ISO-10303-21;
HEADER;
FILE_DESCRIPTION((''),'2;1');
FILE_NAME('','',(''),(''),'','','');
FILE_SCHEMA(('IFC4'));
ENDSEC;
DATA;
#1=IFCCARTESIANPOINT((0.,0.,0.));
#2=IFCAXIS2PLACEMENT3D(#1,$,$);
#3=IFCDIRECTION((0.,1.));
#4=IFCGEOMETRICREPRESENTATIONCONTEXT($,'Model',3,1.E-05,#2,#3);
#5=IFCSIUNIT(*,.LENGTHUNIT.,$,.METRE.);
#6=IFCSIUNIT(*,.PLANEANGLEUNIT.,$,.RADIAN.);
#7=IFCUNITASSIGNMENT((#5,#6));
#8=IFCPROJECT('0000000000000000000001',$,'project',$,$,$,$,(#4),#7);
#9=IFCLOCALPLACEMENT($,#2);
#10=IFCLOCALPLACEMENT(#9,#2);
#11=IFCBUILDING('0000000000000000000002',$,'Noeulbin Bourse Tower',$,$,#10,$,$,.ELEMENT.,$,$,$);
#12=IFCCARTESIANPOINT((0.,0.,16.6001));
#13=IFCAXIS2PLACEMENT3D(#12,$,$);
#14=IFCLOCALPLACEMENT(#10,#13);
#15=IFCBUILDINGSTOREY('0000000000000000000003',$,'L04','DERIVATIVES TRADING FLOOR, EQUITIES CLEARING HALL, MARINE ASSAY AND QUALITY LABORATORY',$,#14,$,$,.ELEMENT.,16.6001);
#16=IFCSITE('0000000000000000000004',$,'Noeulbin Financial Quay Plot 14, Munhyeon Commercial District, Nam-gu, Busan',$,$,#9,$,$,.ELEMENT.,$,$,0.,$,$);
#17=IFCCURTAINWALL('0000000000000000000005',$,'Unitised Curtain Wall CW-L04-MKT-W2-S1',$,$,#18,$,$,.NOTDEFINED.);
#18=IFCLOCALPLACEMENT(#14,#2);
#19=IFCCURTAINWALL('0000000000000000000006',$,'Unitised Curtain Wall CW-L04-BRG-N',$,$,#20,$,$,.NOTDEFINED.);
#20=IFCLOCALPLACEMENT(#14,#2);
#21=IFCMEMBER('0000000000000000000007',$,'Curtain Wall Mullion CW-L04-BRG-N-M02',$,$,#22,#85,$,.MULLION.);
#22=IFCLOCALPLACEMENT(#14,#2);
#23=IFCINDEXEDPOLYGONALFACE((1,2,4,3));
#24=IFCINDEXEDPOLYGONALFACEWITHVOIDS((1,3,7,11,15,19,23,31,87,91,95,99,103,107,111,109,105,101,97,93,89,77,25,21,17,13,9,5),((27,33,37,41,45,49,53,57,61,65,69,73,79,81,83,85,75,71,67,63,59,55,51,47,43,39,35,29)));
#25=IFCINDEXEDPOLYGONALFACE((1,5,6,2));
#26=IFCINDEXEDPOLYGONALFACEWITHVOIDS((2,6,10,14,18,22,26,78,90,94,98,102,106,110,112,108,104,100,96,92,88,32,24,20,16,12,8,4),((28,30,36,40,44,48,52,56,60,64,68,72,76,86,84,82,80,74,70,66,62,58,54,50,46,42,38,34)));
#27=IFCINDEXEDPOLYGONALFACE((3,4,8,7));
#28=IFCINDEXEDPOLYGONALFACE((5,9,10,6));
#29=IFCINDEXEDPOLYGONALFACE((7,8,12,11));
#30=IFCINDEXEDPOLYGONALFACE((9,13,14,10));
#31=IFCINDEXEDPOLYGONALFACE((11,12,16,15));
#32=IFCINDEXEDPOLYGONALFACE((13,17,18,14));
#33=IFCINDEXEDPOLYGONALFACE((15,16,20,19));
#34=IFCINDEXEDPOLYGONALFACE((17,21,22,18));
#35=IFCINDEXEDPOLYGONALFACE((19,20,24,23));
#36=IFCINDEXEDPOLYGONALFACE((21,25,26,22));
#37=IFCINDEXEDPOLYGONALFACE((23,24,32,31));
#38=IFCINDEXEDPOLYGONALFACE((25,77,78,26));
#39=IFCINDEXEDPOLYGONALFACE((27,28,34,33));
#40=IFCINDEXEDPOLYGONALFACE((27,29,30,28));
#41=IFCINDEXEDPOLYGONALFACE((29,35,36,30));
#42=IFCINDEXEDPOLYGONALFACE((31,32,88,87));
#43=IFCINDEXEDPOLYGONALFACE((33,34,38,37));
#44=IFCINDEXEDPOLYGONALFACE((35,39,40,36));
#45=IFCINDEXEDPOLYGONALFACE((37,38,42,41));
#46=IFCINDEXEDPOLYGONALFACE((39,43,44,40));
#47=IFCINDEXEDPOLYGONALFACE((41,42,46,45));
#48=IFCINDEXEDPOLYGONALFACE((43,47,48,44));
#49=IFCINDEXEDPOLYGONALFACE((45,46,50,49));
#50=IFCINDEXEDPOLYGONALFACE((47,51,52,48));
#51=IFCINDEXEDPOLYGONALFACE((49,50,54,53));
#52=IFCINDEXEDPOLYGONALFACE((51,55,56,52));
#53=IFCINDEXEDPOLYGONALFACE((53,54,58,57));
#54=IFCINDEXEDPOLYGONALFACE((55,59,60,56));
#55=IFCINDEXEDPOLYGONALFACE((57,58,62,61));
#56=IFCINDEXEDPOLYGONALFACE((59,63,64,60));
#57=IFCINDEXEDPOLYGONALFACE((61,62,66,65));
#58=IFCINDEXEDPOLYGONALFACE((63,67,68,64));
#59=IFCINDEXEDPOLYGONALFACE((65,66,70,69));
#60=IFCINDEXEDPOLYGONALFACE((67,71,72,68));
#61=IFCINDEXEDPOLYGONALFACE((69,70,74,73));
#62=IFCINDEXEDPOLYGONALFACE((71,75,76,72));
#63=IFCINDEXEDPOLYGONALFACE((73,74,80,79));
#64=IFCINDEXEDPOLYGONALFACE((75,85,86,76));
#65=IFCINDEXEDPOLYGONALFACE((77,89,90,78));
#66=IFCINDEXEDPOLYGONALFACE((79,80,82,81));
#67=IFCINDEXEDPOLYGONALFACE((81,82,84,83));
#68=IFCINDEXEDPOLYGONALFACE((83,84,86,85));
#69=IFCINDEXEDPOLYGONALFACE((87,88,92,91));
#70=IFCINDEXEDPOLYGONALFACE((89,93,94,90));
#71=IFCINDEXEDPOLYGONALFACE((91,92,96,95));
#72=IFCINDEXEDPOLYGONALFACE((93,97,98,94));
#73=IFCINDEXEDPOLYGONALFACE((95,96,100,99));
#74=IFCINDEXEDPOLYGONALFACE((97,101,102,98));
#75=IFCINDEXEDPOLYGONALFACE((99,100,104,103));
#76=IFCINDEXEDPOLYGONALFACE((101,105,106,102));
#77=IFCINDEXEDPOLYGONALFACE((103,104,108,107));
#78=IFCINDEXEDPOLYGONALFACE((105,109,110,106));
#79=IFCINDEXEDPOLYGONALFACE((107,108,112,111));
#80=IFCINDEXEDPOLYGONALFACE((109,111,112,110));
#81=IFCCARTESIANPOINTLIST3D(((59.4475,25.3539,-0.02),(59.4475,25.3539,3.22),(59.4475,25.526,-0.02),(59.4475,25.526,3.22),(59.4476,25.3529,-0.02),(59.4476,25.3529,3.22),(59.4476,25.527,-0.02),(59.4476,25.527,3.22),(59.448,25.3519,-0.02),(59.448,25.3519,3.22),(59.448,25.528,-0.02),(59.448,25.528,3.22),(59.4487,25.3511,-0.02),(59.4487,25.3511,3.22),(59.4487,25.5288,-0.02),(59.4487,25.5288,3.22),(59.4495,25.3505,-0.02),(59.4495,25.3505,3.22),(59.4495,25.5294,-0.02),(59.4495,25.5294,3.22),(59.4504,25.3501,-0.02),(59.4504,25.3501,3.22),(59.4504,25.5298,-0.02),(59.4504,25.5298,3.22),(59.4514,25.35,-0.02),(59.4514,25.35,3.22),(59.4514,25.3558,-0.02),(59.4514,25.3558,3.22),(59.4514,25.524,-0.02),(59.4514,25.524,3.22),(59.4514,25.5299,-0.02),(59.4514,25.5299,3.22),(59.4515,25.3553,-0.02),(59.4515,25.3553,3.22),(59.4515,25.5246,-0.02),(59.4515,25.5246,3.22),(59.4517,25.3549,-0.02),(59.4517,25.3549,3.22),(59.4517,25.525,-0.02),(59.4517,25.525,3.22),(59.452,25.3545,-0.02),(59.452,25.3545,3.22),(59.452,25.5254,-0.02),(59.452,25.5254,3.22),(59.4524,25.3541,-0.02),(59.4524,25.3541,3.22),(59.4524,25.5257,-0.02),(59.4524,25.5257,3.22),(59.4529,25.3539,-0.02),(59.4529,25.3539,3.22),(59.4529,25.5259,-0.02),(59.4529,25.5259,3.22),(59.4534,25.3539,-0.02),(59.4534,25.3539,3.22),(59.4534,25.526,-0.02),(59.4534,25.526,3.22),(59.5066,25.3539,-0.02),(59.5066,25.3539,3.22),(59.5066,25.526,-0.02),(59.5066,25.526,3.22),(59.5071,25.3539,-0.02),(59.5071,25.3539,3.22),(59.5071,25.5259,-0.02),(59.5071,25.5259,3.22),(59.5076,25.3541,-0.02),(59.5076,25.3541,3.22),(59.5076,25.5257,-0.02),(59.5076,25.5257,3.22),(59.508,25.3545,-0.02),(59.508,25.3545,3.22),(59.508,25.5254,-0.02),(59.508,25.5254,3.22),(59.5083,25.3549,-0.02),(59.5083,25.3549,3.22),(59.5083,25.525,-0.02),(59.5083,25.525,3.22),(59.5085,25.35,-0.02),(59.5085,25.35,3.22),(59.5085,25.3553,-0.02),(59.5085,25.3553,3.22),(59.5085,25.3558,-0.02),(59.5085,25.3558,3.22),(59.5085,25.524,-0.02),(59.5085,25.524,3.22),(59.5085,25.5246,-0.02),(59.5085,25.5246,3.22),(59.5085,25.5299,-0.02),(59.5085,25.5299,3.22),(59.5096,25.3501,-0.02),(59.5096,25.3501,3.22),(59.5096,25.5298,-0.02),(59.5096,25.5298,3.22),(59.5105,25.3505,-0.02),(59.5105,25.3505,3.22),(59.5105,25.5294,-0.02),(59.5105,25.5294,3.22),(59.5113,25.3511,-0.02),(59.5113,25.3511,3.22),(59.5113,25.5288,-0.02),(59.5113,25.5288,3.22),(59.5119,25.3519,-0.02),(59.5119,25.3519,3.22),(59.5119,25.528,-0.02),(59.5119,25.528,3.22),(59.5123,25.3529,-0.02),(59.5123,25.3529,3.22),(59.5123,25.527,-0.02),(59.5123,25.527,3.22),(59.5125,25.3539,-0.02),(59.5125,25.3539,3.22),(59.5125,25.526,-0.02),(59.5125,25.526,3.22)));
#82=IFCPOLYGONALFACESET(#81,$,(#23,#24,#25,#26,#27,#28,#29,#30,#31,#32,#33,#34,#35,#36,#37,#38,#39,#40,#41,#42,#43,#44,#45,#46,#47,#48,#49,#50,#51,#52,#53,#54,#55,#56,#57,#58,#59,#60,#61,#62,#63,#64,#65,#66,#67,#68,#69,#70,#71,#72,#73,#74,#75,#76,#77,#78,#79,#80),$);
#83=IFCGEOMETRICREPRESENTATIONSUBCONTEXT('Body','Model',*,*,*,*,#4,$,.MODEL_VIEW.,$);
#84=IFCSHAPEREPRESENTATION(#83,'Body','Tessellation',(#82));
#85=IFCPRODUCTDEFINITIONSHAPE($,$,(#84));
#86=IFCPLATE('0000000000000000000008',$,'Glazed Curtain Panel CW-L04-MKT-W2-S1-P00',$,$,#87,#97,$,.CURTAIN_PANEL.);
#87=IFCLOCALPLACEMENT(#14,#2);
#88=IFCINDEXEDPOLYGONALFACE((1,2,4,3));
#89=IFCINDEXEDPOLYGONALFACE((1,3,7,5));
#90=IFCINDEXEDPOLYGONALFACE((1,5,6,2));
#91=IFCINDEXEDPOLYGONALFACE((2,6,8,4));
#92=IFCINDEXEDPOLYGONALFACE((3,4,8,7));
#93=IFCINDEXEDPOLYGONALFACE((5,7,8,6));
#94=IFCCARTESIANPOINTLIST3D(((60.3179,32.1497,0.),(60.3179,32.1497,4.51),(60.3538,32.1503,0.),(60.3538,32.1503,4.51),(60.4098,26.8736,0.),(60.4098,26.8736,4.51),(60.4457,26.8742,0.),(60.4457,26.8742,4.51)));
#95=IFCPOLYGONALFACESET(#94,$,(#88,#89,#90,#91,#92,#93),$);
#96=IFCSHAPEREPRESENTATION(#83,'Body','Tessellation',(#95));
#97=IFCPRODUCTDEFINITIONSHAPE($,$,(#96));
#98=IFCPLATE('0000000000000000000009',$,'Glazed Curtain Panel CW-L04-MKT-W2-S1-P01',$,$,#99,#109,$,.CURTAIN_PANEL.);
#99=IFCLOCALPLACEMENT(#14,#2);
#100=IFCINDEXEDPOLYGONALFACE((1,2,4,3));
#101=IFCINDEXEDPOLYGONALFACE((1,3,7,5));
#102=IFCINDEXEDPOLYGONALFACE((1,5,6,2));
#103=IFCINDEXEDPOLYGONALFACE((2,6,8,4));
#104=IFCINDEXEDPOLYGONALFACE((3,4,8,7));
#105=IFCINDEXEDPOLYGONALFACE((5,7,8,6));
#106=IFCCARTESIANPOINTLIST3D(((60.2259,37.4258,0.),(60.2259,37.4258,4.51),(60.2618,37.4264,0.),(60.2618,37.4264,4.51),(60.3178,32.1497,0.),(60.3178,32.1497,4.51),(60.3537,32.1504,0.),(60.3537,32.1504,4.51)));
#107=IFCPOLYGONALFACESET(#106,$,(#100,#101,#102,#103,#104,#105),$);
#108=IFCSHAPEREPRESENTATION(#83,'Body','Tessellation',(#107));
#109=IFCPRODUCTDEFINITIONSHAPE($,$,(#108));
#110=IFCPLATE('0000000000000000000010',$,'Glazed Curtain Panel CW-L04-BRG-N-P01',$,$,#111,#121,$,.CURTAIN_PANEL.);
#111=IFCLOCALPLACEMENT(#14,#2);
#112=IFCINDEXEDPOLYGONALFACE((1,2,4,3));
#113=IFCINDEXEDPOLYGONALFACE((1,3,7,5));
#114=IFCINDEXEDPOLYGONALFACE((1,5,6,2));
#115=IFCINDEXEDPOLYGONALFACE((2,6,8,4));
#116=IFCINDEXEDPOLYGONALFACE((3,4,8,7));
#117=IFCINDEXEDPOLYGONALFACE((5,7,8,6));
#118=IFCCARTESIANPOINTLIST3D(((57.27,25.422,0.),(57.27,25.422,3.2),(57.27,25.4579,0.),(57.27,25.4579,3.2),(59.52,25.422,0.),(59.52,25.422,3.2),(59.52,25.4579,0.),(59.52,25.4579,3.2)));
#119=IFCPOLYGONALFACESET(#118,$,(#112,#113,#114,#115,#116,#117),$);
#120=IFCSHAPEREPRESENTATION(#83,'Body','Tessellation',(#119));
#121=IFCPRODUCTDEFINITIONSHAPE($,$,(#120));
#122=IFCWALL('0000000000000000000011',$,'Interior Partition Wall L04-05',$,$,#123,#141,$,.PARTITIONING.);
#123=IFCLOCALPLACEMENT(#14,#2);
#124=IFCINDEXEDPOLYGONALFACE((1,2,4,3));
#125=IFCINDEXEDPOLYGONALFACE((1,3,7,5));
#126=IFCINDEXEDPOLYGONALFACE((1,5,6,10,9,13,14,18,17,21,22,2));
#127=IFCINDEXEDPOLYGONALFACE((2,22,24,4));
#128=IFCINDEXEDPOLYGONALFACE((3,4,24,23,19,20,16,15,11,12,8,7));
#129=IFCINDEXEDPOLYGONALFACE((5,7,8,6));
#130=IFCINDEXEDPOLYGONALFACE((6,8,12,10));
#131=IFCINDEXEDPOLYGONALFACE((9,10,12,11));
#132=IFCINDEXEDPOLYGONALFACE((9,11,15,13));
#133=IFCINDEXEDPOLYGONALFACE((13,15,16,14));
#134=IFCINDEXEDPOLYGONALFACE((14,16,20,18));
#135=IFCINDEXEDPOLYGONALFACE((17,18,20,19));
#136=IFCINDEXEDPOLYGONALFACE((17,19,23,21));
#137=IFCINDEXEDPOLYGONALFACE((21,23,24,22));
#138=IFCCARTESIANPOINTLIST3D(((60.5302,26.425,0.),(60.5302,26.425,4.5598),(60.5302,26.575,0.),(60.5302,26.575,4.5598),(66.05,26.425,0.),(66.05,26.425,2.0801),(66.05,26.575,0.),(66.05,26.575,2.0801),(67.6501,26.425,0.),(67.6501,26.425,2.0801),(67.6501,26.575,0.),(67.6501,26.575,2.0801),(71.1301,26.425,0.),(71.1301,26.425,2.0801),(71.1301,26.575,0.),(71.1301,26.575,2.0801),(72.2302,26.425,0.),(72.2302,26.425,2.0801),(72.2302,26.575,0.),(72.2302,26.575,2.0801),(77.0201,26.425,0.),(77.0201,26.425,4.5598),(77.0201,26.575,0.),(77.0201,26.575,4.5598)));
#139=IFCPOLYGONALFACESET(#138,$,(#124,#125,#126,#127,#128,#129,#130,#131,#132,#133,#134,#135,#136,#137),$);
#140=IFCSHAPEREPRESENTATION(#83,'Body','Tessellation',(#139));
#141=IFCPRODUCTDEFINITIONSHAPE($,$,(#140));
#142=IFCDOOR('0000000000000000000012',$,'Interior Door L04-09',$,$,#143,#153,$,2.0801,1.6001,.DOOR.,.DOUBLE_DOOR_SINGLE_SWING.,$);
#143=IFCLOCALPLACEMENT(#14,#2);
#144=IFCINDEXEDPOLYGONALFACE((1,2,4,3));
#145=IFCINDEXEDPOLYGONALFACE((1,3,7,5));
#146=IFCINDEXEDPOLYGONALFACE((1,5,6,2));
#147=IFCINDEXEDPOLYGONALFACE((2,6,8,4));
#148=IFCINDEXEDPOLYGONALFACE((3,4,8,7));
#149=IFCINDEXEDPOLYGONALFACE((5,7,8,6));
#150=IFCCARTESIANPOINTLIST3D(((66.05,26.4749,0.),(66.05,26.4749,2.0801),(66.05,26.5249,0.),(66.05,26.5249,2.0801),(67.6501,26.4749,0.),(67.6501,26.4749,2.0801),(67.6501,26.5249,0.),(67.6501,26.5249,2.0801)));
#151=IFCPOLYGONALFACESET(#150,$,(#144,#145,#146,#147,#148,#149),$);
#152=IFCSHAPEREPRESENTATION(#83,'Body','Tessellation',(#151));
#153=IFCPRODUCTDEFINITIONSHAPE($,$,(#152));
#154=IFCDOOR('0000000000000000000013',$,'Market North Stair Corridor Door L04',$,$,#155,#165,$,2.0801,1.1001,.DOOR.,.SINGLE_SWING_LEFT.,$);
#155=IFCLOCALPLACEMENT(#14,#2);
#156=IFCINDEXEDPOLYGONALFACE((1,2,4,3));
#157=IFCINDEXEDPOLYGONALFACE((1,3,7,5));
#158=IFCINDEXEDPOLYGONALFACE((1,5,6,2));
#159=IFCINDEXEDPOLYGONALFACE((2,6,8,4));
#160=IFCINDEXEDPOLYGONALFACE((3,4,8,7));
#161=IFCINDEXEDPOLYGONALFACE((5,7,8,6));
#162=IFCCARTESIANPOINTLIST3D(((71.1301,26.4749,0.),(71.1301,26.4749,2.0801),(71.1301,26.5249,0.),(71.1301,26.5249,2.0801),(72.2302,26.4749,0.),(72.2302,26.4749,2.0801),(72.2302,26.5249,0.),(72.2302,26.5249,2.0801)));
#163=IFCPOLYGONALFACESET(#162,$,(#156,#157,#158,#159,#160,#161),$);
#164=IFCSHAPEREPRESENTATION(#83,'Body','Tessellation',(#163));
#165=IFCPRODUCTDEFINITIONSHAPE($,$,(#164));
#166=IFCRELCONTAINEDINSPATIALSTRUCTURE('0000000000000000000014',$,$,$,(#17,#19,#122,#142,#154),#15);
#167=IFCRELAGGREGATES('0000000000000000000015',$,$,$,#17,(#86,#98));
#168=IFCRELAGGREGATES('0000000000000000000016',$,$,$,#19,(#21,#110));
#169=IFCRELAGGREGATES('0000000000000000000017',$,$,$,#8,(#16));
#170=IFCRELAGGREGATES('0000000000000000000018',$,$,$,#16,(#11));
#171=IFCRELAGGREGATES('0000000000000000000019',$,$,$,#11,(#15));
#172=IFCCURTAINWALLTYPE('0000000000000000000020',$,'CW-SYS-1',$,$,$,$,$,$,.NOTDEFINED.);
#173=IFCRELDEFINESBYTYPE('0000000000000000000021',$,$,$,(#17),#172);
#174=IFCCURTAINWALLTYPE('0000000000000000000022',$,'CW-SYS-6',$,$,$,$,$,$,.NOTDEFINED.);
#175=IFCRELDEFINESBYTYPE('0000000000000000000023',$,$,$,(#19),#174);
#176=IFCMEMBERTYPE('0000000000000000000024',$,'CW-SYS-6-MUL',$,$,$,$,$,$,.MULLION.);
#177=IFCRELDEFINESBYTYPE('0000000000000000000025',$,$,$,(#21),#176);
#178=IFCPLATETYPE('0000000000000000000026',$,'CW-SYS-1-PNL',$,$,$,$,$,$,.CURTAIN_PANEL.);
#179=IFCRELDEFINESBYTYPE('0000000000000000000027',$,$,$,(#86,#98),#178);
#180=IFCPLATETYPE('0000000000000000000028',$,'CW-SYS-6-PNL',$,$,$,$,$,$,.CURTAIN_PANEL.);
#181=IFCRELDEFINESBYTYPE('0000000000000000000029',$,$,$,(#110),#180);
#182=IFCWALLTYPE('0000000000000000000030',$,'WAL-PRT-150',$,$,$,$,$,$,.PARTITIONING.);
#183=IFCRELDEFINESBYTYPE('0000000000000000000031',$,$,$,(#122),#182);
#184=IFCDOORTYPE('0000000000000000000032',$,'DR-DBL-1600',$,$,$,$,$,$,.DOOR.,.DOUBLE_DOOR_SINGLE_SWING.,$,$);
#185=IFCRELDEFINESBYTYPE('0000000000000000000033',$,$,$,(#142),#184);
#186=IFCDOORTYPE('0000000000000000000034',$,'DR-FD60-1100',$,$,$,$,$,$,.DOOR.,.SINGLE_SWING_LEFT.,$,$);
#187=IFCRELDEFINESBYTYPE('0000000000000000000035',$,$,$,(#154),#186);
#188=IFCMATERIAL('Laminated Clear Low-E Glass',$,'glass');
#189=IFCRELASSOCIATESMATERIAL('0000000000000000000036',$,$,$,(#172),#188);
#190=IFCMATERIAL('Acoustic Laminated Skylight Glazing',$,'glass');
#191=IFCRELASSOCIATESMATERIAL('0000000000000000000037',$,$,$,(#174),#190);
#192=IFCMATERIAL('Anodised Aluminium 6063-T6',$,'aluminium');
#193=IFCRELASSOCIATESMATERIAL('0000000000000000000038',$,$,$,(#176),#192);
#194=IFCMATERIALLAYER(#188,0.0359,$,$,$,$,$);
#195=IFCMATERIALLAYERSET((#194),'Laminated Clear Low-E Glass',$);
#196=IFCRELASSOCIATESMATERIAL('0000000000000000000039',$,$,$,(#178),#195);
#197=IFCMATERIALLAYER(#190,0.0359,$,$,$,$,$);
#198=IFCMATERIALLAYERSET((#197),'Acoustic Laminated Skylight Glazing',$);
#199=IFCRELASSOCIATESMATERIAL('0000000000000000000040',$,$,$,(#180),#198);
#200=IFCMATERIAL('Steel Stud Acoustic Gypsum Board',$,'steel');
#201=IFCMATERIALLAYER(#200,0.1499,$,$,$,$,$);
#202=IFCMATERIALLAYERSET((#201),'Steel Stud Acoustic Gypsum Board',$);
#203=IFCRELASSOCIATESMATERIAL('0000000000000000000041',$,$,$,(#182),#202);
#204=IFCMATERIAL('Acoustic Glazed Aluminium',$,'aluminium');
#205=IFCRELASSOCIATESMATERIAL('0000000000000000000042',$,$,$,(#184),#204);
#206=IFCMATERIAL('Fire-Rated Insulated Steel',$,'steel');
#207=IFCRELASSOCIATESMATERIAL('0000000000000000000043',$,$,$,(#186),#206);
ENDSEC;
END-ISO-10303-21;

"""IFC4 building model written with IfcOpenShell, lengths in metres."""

from ifc_helpers import new_model, si_unit, direction, frame, frame_2d, origin, origin_2d, place, context, subcontext, project, spatial, rectangle, hollow_rectangle, extrude, material, layer, layer_set, material_profile, profile_set, type_object, element, fill, aggregate, save


model = new_model("IFC4")

# Units and contexts
model_context = context("Model", 3, precision=1e-05, world=origin(), true_north=direction((0.0, 1.0)))
body_context = subcontext(model_context, "Body", "Model", "MODEL_VIEW")
ifc_project = project(units=[si_unit("LENGTHUNIT", "METRE"), si_unit("PLANEANGLEUNIT", "RADIAN")], contexts=[model_context])

# Site, building, storey
site_placement = place(None, origin())
site = spatial("IfcSite", under=ifc_project, at=site_placement, Name="Noeulbin Financial Quay Plot 14, Munhyeon Commercial District, Nam-gu, Busan", CompositionType="ELEMENT", RefElevation=0.0)
building_placement = place(site_placement, origin())
building = spatial("IfcBuilding", under=site, at=building_placement, Name="Noeulbin Bourse Tower", CompositionType="ELEMENT")
storey_placement = place(building_placement, frame((0.0, 0.0, 16.6001)))
storey = spatial("IfcBuildingStorey", under=building, at=storey_placement, Name="L04", Description="DERIVATIVES TRADING FLOOR, EQUITIES CLEARING HALL, MARINE ASSAY AND QUALITY LABORATORY", CompositionType="ELEMENT", Elevation=16.6001)

# Curtain wall
ifc_material_1 = material(Name="Laminated Clear Low-E Glass", Category="glass")
curtain_wall_type_1 = type_object("IfcCurtainWallType", Name="CW-SYS-1", PredefinedType="NOTDEFINED", material=ifc_material_1)
curtain_wall_1_placement = place(storey_placement, origin())
curtain_wall_1 = element("IfcCurtainWall", 1, at=curtain_wall_1_placement, inside=storey, type_object=curtain_wall_type_1, Name="Unitised Curtain Wall CW-L04-MKT-W2-S1", PredefinedType="NOTDEFINED")
ifc_material_2 = material(Name="Anodised Aluminium 6063-T6", Category="aluminium")

# Curtain wall, member
ifc_material_3 = material(Name="Acoustic Laminated Skylight Glazing", Category="glass")
curtain_wall_type_2 = type_object("IfcCurtainWallType", Name="CW-SYS-6", PredefinedType="NOTDEFINED", material=ifc_material_3)
curtain_wall_2_placement = place(storey_placement, origin())
curtain_wall_2 = element("IfcCurtainWall", 2, at=curtain_wall_2_placement, inside=storey, type_object=curtain_wall_type_2, Name="Unitised Curtain Wall CW-L04-BRG-N", PredefinedType="NOTDEFINED")
ifc_material_profile_1 = material_profile(ifc_material_2, hollow_rectangle(XDim=0.0649, YDim=0.1799, WallThickness=0.0039, InnerFilletRadius=0.002, OuterFilletRadius=0.0039, at=origin_2d()), Name="ALU-MULL-65x180x4", Category="LoadBearing")
ifc_profile_set_1 = profile_set([ifc_material_profile_1], Name="Anodised Aluminium 6063-T6")
member_type_1 = type_object("IfcMemberType", Name="CW-SYS-6-MUL", PredefinedType="MULLION", material=ifc_profile_set_1)
member_1_placement = place(storey_placement, frame((59.48, 25.4399, -0.02), z_axis=(0.0, 0.0, 1.0), x_axis=(1.0, 0.0, 0.0)))
member_1 = element("IfcMember", 3, at=member_1_placement, type_object=member_type_1, Name="Curtain Wall Mullion CW-L04-BRG-N-M02", PredefinedType="MULLION", context=body_context, shape_type="SweptSolid", body=[
    extrude(hollow_rectangle(XDim=0.0649, YDim=0.1799, WallThickness=0.0039, InnerFilletRadius=0.002, OuterFilletRadius=0.0039, at=origin_2d()), origin(), (0.0, 0.0, 1.0), 3.24),
])

# Plates
ifc_layer_1 = layer(ifc_material_1, 0.0359)
ifc_layer_set_1 = layer_set([ifc_layer_1], Name="Laminated Clear Low-E Glass")
plate_type_1 = type_object("IfcPlateType", Name="CW-SYS-1-PNL", PredefinedType="CURTAIN_PANEL", material=ifc_layer_set_1)
plate_1_placement = place(storey_placement, frame((60.3818, 29.512, 0.0), z_axis=(0.0, 0.0, 1.0), x_axis=(-0.017418, 0.999848, 0.0)))
plate_1 = element("IfcPlate", 4, at=plate_1_placement, type_object=plate_type_1, Name="Glazed Curtain Panel CW-L04-MKT-W2-S1-P00", PredefinedType="CURTAIN_PANEL", context=body_context, shape_type="SweptSolid", body=[
    extrude(rectangle(XDim=5.2769, YDim=0.0359, at=origin_2d()), origin(), (0.0, 0.0, 1.0), 4.51),
])
plate_2_placement = place(storey_placement, frame((60.2898, 34.7881, 0.0), z_axis=(0.0, 0.0, 1.0), x_axis=(-0.017418, 0.999848, 0.0)))
plate_2 = element("IfcPlate", 5, at=plate_2_placement, type_object=plate_type_1, Name="Glazed Curtain Panel CW-L04-MKT-W2-S1-P01", PredefinedType="CURTAIN_PANEL", context=body_context, shape_type="SweptSolid", body=[
    extrude(rectangle(XDim=5.2769, YDim=0.0359, at=origin_2d()), origin(), (0.0, 0.0, 1.0), 4.51),
])
aggregate(curtain_wall_1, [plate_1, plate_2])
ifc_layer_2 = layer(ifc_material_3, 0.0359)
ifc_layer_set_2 = layer_set([ifc_layer_2], Name="Acoustic Laminated Skylight Glazing")
plate_type_2 = type_object("IfcPlateType", Name="CW-SYS-6-PNL", PredefinedType="CURTAIN_PANEL", material=ifc_layer_set_2)
plate_3_placement = place(storey_placement, frame((58.395, 25.4399, 0.0), z_axis=(0.0, 0.0, 1.0), x_axis=(1.0, 0.0, 0.0)))
plate_3 = element("IfcPlate", 6, at=plate_3_placement, type_object=plate_type_2, Name="Glazed Curtain Panel CW-L04-BRG-N-P01", PredefinedType="CURTAIN_PANEL", context=body_context, shape_type="SweptSolid", body=[
    extrude(rectangle(XDim=2.25, YDim=0.0359, at=origin_2d()), origin(), (0.0, 0.0, 1.0), 3.2),
])
aggregate(curtain_wall_2, [member_1, plate_3])

# Wall, openings, doors
ifc_material_4 = material(Name="Steel Stud Acoustic Gypsum Board", Category="steel")
ifc_layer_3 = layer(ifc_material_4, 0.1499)
ifc_layer_set_3 = layer_set([ifc_layer_3], Name="Steel Stud Acoustic Gypsum Board")
wall_type = type_object("IfcWallType", Name="WAL-PRT-150", PredefinedType="PARTITIONING", material=ifc_layer_set_3)
wall_placement = place(storey_placement, frame((60.53, 26.5, 0.0), z_axis=(0.0, 0.0, 1.0), x_axis=(1.0, 0.0, 0.0)))
wall = element("IfcWall", 7, at=wall_placement, inside=storey, type_object=wall_type, Name="Interior Partition Wall L04-05", PredefinedType="PARTITIONING", context=body_context, shape_type="SweptSolid", body=[
    extrude(rectangle(XDim=16.49, YDim=0.1499, at=frame_2d((8.2451, 0.0))), origin(), (0.0, 0.0, 1.0), 4.5598),
])
opening_1_placement = place(wall_placement, frame((5.52, 0.0, 0.0)))
opening_1 = element("IfcOpeningElement", 8, at=opening_1_placement, cuts=wall, PredefinedType="OPENING", context=body_context, shape_type="SweptSolid", body=[
    extrude(rectangle(XDim=1.6001, YDim=2.0801, at=frame_2d((0.8, 1.04))), frame((0.0, 0.085, 0.0), z_axis=(0.0, -1.0, 0.0), x_axis=(1.0, 0.0, 0.0)), (0.0, 0.0, 1.0), 0.1699),
])
opening_2_placement = place(wall_placement, frame((10.6001, 0.0, 0.0)))
opening_2 = element("IfcOpeningElement", 9, at=opening_2_placement, cuts=wall, PredefinedType="OPENING", context=body_context, shape_type="SweptSolid", body=[
    extrude(rectangle(XDim=1.1001, YDim=2.0801, at=frame_2d((0.55, 1.04))), frame((0.0, 0.085, 0.0), z_axis=(0.0, -1.0, 0.0), x_axis=(1.0, 0.0, 0.0)), (0.0, 0.0, 1.0), 0.1699),
])
ifc_material_5 = material(Name="Acoustic Glazed Aluminium", Category="aluminium")
door_type_1 = type_object("IfcDoorType", Name="DR-DBL-1600", OperationType="DOUBLE_DOOR_SINGLE_SWING", PredefinedType="DOOR", material=ifc_material_5)
door_1_placement = place(opening_1_placement, origin())
door_1 = element("IfcDoor", 10, at=door_1_placement, inside=storey, type_object=door_type_1, Name="Interior Door L04-09", OperationType="DOUBLE_DOOR_SINGLE_SWING", OverallHeight=2.0801, OverallWidth=1.6001, PredefinedType="DOOR", context=body_context, shape_type="SweptSolid", body=[
    extrude(rectangle(XDim=1.6001, YDim=2.0801, at=frame_2d((0.8, 1.04))), frame((0.0, 0.0249, 0.0), z_axis=(0.0, -1.0, 0.0), x_axis=(1.0, 0.0, 0.0)), (0.0, 0.0, 1.0), 0.05),
])
fill(opening_1, door_1)
ifc_material_6 = material(Name="Fire-Rated Insulated Steel", Category="steel")
door_type_2 = type_object("IfcDoorType", Name="DR-FD60-1100", OperationType="SINGLE_SWING_LEFT", PredefinedType="DOOR", material=ifc_material_6)
door_2_placement = place(opening_2_placement, origin())
door_2 = element("IfcDoor", 11, at=door_2_placement, inside=storey, type_object=door_type_2, Name="Market North Stair Corridor Door L04", OperationType="SINGLE_SWING_LEFT", OverallHeight=2.0801, OverallWidth=1.1001, PredefinedType="DOOR", context=body_context, shape_type="SweptSolid", body=[
    extrude(rectangle(XDim=1.1001, YDim=2.0801, at=frame_2d((0.55, 1.04))), frame((0.0, 0.0249, 0.0), z_axis=(0.0, -1.0, 0.0), x_axis=(1.0, 0.0, 0.0)), (0.0, 0.0, 1.0), 0.05),
])
fill(opening_2, door_2)

save(model, "model.ifc")
